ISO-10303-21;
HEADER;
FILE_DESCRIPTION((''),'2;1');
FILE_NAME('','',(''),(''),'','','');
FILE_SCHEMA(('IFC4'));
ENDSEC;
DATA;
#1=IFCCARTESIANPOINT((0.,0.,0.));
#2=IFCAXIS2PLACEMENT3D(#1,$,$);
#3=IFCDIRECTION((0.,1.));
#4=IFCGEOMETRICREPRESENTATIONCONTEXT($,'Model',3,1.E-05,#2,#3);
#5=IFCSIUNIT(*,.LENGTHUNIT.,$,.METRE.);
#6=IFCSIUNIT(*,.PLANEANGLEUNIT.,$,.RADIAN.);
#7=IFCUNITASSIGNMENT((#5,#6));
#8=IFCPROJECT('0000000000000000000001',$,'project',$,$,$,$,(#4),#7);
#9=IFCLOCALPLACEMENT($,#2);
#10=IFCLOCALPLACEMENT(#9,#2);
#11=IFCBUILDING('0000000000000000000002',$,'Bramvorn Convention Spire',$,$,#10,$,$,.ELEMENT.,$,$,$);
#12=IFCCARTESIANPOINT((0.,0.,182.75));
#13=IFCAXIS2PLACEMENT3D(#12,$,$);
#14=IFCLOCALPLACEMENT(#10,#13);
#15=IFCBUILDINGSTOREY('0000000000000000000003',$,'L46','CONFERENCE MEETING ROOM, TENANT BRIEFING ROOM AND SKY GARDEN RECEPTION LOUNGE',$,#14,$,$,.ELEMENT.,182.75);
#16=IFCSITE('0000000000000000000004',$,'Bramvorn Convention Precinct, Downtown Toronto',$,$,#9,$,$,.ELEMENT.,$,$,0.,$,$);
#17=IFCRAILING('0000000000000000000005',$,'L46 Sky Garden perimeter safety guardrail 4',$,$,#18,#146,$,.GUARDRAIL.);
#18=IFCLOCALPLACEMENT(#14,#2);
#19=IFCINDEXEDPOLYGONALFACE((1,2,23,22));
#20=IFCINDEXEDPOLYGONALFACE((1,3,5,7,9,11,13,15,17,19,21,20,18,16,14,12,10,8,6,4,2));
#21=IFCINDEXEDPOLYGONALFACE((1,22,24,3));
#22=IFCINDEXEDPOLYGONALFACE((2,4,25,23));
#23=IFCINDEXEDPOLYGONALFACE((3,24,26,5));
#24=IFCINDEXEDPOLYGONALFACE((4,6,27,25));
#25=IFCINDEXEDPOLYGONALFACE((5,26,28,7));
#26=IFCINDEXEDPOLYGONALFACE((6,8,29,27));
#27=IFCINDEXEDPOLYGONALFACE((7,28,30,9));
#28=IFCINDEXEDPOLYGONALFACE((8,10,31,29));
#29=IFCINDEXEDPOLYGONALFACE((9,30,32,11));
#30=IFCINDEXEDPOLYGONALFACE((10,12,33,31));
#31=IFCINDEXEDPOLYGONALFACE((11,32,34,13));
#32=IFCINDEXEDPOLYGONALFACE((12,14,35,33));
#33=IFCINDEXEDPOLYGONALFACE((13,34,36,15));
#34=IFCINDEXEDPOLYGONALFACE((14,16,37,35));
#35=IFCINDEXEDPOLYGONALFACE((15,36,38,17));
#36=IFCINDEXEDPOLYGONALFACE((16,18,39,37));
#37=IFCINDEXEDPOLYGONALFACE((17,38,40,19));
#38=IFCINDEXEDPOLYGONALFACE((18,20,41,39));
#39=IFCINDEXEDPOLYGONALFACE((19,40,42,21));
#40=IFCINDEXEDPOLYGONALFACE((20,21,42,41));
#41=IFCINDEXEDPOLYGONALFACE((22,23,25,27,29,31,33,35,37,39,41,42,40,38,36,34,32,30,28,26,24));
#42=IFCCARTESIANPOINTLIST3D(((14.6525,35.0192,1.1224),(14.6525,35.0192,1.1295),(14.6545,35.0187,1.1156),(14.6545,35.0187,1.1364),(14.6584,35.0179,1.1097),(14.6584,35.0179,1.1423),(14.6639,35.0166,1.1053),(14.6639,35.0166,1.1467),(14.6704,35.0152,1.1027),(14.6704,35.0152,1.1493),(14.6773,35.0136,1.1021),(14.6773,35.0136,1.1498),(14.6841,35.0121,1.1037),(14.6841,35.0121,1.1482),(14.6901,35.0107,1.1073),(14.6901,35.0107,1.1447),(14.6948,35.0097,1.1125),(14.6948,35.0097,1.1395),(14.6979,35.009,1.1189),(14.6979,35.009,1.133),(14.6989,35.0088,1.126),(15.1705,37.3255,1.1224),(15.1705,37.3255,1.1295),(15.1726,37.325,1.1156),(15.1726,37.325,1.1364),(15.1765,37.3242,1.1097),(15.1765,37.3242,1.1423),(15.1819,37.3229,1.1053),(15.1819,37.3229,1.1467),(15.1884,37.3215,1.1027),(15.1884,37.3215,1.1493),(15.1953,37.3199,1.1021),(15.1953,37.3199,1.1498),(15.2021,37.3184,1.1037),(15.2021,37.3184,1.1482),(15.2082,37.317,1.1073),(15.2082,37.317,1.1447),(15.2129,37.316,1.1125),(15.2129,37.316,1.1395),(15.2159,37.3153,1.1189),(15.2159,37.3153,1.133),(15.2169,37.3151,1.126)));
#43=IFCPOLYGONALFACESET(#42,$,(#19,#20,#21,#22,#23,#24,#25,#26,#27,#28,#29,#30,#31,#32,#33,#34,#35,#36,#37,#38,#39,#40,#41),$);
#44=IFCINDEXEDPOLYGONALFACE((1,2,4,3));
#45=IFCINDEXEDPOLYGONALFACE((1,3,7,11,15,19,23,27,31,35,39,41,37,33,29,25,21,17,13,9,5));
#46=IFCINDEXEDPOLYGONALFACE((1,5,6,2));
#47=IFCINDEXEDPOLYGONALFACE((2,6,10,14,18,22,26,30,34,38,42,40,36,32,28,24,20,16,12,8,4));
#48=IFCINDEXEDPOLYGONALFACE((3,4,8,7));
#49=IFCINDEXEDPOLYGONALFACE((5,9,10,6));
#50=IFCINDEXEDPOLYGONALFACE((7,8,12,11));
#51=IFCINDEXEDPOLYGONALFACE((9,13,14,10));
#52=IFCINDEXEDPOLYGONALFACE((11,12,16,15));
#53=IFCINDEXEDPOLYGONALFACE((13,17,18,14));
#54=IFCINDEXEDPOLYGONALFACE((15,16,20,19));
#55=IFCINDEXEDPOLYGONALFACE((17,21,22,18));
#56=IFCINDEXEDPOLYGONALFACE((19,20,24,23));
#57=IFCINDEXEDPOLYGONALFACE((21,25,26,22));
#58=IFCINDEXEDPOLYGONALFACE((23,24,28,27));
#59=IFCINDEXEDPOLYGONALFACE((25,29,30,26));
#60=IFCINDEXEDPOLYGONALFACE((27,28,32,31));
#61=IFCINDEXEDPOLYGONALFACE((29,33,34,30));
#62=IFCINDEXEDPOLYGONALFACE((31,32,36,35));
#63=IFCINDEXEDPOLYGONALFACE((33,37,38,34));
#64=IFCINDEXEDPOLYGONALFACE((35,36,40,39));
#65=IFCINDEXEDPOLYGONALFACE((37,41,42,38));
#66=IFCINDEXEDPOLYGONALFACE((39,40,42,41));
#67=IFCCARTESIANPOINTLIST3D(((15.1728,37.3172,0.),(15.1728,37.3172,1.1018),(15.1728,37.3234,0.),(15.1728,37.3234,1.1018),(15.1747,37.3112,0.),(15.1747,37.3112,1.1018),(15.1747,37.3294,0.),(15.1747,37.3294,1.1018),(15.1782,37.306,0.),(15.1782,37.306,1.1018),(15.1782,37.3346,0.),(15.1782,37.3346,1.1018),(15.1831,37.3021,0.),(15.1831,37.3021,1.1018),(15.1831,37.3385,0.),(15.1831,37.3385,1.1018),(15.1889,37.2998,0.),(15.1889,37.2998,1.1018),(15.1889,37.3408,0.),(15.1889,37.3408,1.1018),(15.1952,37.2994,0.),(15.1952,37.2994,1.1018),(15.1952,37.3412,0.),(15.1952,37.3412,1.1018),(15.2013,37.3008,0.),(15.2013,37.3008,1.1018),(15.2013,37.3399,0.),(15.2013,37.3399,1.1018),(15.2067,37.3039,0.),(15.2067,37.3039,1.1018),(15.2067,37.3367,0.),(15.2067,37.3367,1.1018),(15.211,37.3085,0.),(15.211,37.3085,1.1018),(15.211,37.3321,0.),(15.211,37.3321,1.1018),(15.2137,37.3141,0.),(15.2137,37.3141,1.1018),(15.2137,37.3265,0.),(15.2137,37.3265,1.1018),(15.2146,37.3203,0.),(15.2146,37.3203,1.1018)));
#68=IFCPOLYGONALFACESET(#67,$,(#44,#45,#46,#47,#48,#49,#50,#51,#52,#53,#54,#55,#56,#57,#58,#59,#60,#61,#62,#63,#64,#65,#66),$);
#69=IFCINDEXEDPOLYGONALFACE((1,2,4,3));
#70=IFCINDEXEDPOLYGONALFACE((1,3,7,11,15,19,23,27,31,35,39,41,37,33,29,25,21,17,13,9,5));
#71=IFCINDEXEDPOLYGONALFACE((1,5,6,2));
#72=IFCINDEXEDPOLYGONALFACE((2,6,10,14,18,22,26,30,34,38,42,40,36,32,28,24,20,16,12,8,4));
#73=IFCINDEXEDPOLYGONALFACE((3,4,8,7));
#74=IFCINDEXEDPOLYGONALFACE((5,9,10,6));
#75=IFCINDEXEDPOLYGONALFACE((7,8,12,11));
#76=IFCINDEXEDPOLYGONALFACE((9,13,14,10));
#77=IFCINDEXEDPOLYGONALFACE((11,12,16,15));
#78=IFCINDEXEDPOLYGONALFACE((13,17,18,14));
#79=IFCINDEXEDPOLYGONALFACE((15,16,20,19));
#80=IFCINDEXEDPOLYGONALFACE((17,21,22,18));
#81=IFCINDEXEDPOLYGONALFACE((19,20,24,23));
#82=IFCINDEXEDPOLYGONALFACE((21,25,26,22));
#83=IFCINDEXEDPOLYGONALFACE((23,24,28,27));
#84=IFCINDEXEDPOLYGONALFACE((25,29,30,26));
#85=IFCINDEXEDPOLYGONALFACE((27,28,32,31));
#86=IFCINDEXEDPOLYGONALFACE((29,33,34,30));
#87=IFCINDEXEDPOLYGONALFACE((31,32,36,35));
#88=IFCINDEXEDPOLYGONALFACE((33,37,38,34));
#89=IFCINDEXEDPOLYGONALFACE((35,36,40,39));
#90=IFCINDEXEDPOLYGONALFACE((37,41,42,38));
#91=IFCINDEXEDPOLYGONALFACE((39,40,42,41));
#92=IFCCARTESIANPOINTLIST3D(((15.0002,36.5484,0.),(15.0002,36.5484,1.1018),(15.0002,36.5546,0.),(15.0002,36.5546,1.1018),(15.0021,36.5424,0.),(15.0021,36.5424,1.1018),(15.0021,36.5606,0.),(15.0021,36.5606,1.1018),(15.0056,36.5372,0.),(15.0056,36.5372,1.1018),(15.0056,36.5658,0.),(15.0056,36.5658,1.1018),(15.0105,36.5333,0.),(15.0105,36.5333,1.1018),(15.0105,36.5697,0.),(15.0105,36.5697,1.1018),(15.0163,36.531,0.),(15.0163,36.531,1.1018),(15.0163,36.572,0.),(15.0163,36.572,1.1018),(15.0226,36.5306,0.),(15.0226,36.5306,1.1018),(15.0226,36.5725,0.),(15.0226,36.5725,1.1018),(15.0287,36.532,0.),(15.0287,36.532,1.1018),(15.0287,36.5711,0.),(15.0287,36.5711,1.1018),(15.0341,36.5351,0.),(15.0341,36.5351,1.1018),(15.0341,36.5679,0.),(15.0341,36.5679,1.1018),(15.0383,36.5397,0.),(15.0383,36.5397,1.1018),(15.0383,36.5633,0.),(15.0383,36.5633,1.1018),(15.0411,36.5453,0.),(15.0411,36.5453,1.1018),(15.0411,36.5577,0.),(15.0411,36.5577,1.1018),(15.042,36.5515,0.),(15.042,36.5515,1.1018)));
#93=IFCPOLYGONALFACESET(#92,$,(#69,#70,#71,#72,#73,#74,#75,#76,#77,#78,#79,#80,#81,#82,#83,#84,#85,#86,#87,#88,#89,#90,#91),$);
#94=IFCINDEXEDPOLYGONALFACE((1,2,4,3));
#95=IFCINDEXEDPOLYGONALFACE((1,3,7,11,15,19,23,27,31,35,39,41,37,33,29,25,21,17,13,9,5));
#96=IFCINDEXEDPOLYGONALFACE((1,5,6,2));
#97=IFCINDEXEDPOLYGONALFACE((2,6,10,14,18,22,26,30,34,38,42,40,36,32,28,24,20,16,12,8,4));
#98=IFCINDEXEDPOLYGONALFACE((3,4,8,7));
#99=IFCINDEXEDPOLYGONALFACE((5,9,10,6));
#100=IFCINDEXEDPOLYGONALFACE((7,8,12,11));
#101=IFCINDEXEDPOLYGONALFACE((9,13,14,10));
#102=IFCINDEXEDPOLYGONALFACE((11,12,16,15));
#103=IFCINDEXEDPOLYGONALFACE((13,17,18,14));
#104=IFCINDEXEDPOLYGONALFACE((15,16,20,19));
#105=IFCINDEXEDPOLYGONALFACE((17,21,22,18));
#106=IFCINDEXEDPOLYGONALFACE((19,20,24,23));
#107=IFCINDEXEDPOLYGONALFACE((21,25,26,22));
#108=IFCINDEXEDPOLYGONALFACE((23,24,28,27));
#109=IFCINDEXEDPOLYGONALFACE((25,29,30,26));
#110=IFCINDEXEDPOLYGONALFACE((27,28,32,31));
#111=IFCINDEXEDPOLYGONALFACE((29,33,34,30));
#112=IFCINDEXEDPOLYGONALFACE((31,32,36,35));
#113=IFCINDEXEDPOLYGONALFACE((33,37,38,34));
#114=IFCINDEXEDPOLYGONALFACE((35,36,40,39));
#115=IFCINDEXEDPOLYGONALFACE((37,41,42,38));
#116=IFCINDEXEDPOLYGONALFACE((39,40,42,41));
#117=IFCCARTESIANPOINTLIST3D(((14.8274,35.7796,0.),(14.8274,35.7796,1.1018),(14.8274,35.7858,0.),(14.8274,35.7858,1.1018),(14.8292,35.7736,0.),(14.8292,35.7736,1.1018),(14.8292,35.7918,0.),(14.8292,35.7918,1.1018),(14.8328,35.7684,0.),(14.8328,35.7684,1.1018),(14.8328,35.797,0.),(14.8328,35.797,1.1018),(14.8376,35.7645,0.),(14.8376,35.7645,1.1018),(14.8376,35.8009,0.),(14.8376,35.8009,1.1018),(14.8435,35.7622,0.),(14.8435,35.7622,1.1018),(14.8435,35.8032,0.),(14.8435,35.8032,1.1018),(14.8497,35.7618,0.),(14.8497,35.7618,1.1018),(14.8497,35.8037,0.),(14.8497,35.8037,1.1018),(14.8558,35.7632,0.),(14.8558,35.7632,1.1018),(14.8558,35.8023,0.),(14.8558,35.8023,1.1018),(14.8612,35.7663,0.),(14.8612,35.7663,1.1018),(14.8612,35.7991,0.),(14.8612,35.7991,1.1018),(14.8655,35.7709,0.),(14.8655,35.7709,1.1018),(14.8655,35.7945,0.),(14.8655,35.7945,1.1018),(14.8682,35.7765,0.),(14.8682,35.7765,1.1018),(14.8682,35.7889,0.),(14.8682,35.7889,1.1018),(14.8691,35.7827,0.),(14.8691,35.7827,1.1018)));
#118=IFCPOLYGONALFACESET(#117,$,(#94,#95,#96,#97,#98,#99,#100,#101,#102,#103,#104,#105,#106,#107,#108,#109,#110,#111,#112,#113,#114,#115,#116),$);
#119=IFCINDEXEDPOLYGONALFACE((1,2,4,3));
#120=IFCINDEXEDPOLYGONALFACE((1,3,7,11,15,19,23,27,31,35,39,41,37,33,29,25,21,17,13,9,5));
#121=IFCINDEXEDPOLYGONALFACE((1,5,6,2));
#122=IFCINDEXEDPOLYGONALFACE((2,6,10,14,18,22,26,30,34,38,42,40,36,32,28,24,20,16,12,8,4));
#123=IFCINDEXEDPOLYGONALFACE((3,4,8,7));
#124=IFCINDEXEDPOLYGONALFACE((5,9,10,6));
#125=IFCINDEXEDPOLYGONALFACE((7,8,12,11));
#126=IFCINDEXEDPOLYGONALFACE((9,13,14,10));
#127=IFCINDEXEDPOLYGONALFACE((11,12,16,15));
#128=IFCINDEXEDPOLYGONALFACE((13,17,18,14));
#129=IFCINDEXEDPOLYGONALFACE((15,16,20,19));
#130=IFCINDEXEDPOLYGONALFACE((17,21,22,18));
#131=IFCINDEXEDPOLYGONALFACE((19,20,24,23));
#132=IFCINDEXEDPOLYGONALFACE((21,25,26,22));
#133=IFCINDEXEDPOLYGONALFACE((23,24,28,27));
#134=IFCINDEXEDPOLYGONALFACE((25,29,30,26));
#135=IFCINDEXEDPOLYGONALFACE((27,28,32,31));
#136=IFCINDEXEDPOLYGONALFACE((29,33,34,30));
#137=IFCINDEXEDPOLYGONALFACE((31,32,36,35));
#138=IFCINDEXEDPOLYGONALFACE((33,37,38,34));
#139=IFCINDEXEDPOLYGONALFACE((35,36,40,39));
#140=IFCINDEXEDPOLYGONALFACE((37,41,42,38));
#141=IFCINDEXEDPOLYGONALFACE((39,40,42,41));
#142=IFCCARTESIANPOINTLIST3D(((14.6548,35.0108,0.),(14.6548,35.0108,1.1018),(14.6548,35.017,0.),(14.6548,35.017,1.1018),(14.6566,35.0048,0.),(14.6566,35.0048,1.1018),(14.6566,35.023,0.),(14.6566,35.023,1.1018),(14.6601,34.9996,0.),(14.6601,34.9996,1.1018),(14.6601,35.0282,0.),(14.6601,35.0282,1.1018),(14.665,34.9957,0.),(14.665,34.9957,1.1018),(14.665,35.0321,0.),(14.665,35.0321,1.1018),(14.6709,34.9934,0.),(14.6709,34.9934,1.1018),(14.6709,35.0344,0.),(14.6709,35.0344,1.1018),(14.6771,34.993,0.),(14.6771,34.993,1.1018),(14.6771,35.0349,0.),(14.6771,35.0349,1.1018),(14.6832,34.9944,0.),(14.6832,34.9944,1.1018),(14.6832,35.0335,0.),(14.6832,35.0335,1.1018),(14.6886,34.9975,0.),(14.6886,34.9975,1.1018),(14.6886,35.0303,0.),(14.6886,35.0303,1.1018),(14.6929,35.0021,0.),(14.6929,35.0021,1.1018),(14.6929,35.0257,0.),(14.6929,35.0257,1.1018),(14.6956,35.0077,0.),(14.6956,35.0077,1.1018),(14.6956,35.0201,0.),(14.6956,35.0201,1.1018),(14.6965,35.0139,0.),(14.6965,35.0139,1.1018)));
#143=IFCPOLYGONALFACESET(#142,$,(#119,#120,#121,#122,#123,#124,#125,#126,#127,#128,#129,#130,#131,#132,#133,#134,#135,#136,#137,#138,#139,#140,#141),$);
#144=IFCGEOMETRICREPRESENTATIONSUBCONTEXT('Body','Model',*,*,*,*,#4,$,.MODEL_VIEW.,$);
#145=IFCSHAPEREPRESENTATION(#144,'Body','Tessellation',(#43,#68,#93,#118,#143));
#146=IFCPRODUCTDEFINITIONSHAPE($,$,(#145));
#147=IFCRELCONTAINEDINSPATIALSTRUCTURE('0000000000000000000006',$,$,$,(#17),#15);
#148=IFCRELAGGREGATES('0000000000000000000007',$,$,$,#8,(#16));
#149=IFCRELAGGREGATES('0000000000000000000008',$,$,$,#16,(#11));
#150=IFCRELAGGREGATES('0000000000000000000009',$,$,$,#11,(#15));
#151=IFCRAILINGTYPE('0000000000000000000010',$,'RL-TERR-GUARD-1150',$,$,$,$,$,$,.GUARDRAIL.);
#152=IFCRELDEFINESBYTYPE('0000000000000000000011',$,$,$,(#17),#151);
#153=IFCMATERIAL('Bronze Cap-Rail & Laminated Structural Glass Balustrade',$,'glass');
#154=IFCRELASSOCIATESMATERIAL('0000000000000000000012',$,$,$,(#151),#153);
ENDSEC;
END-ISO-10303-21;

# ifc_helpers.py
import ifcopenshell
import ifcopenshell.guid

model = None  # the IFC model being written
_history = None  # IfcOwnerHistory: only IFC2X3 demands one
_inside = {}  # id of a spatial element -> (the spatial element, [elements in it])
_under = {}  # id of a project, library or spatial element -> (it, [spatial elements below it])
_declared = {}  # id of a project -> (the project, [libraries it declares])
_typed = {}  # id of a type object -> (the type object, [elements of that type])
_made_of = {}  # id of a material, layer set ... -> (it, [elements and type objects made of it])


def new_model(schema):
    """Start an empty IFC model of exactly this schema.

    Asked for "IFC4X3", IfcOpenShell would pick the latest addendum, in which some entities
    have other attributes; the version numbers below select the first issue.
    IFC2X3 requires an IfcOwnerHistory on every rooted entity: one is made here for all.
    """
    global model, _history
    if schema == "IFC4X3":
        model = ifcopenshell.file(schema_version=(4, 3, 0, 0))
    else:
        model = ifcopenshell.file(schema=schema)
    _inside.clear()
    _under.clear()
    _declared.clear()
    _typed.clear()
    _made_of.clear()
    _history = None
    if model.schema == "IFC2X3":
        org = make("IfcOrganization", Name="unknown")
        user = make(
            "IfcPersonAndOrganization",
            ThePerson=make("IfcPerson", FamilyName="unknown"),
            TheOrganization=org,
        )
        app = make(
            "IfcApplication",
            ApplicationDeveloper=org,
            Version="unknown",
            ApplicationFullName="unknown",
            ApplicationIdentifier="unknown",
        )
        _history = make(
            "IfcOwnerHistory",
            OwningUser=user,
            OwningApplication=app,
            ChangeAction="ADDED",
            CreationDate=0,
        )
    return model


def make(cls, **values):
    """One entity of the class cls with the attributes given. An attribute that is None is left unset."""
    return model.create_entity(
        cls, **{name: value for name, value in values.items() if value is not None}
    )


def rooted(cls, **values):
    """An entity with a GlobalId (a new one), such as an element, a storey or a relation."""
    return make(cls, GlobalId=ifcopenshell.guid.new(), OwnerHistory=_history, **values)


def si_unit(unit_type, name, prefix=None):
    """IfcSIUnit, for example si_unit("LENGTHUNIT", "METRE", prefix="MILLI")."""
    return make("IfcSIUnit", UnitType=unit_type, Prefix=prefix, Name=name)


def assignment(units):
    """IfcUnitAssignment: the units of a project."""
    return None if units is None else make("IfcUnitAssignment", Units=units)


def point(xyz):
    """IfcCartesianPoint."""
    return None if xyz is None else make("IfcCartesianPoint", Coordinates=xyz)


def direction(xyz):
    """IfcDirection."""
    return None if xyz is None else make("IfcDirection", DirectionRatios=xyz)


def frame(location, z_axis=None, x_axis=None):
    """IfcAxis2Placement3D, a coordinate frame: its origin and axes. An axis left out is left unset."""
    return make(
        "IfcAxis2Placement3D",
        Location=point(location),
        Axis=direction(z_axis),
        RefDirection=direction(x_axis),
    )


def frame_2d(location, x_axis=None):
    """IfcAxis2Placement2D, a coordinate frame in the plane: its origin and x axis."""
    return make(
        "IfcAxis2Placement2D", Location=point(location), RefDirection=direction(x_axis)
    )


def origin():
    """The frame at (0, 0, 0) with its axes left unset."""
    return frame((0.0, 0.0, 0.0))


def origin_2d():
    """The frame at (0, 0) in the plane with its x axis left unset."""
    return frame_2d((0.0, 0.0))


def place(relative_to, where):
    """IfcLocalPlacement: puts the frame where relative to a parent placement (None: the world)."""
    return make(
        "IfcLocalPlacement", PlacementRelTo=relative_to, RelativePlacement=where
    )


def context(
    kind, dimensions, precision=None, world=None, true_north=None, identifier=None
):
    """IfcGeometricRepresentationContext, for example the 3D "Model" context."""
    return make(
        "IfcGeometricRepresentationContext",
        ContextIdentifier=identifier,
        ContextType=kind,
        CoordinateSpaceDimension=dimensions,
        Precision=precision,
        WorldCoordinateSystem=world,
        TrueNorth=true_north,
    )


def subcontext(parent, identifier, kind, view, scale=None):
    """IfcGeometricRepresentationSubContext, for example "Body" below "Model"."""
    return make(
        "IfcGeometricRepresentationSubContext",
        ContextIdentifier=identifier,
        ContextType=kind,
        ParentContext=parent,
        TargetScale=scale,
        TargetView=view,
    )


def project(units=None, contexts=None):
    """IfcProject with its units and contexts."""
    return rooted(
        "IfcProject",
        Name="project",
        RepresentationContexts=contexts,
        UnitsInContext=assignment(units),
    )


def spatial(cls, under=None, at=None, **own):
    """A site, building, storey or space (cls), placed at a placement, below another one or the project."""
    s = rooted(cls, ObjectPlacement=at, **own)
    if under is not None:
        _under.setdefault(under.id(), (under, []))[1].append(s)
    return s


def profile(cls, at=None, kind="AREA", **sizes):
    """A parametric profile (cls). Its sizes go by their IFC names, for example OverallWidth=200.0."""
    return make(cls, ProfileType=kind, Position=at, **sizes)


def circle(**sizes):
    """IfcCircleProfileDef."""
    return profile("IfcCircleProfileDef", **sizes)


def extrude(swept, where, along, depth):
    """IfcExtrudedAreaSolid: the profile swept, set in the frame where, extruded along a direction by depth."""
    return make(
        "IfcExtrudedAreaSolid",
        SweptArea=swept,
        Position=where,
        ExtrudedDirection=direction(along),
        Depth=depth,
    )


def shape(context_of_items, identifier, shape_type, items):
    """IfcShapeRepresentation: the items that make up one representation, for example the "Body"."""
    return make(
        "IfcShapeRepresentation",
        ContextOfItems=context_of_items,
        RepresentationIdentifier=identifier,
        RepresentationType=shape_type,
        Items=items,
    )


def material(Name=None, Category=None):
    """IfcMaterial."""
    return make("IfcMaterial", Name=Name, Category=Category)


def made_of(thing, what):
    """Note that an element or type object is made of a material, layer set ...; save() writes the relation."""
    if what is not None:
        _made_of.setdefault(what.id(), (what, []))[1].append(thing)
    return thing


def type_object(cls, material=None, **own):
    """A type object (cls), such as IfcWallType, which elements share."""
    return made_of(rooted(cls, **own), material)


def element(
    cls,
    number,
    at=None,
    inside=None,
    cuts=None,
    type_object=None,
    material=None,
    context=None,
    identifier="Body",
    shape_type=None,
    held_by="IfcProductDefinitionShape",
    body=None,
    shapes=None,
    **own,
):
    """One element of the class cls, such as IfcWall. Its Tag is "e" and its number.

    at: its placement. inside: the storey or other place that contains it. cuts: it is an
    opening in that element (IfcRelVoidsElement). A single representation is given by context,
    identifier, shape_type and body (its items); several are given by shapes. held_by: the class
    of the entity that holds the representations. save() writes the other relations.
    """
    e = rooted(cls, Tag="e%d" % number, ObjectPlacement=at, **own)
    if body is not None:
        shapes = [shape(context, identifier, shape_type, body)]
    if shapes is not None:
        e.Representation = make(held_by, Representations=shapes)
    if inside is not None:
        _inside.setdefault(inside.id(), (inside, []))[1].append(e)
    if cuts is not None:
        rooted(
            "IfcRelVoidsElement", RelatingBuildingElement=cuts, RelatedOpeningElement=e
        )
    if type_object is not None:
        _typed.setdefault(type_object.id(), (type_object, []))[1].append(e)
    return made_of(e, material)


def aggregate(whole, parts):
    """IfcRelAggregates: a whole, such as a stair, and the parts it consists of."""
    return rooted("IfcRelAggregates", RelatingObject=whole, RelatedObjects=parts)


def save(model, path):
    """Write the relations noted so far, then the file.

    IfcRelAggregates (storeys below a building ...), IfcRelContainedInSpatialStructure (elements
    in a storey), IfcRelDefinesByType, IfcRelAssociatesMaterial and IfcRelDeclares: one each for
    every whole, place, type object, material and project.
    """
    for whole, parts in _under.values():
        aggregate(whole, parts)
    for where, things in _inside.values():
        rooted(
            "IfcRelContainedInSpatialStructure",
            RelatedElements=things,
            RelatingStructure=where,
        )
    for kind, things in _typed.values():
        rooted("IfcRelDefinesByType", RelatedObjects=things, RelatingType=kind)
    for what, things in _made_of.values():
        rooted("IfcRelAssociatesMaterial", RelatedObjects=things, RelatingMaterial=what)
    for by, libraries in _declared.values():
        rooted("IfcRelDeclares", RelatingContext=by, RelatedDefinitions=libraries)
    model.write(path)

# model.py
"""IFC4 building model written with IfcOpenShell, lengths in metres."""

from ifc_helpers import new_model, si_unit, direction, frame, origin, origin_2d, place, context, subcontext, project, spatial, circle, extrude, material, type_object, element, save


model = new_model("IFC4")

# Units and contexts
model_context = context("Model", 3, precision=1e-05, world=origin(), true_north=direction((0.0, 1.0)))
body_context = subcontext(model_context, "Body", "Model", "MODEL_VIEW")
ifc_project = project(units=[si_unit("LENGTHUNIT", "METRE"), si_unit("PLANEANGLEUNIT", "RADIAN")], contexts=[model_context])

# Site, building, storey
site_placement = place(None, origin())
site = spatial("IfcSite", under=ifc_project, at=site_placement, Name="Bramvorn Convention Precinct, Downtown Toronto", CompositionType="ELEMENT", RefElevation=0.0)
building_placement = place(site_placement, origin())
building = spatial("IfcBuilding", under=site, at=building_placement, Name="Bramvorn Convention Spire", CompositionType="ELEMENT")
storey_placement = place(building_placement, frame((0.0, 0.0, 182.75)))
storey = spatial("IfcBuildingStorey", under=building, at=storey_placement, Name="L46", Description="CONFERENCE MEETING ROOM, TENANT BRIEFING ROOM AND SKY GARDEN RECEPTION LOUNGE", CompositionType="ELEMENT", Elevation=182.75)

# Railing
ifc_material_1 = material(Name="Bronze Cap-Rail & Laminated Structural Glass Balustrade", Category="glass")
railing_type = type_object("IfcRailingType", Name="RL-TERR-GUARD-1150", PredefinedType="GUARDRAIL", material=ifc_material_1)
railing_1_placement = place(storey_placement, frame((15.1936, 37.3203, 0.0)))
element("IfcRailing", 1, at=railing_1_placement, inside=storey, type_object=railing_type, Name="L46 Sky Garden perimeter safety guardrail 4", PredefinedType="GUARDRAIL", context=body_context, shape_type="SweptSolid", body=[
    extrude(circle(Radius=0.0239, at=origin_2d()), frame((0.0, 0.0, 1.126), z_axis=(-0.219161, -0.975689, 0.0), x_axis=(0.975689, -0.219161, 0.0)), (0.0, 0.0, 1.0), 2.3638),
    extrude(circle(Radius=0.021, at=origin_2d()), origin(), (0.0, 0.0, 1.0), 1.1018),
    extrude(circle(Radius=0.021, at=origin_2d()), frame((-0.1726, -0.7688, 0.0)), (0.0, 0.0, 1.0), 1.1018),
    extrude(circle(Radius=0.021, at=origin_2d()), frame((-0.3455, -1.5376, 0.0)), (0.0, 0.0, 1.0), 1.1018),
    extrude(circle(Radius=0.021, at=origin_2d()), frame((-0.5181, -2.3064, 0.0)), (0.0, 0.0, 1.0), 1.1018),
])

save(model, "model.ifc")
